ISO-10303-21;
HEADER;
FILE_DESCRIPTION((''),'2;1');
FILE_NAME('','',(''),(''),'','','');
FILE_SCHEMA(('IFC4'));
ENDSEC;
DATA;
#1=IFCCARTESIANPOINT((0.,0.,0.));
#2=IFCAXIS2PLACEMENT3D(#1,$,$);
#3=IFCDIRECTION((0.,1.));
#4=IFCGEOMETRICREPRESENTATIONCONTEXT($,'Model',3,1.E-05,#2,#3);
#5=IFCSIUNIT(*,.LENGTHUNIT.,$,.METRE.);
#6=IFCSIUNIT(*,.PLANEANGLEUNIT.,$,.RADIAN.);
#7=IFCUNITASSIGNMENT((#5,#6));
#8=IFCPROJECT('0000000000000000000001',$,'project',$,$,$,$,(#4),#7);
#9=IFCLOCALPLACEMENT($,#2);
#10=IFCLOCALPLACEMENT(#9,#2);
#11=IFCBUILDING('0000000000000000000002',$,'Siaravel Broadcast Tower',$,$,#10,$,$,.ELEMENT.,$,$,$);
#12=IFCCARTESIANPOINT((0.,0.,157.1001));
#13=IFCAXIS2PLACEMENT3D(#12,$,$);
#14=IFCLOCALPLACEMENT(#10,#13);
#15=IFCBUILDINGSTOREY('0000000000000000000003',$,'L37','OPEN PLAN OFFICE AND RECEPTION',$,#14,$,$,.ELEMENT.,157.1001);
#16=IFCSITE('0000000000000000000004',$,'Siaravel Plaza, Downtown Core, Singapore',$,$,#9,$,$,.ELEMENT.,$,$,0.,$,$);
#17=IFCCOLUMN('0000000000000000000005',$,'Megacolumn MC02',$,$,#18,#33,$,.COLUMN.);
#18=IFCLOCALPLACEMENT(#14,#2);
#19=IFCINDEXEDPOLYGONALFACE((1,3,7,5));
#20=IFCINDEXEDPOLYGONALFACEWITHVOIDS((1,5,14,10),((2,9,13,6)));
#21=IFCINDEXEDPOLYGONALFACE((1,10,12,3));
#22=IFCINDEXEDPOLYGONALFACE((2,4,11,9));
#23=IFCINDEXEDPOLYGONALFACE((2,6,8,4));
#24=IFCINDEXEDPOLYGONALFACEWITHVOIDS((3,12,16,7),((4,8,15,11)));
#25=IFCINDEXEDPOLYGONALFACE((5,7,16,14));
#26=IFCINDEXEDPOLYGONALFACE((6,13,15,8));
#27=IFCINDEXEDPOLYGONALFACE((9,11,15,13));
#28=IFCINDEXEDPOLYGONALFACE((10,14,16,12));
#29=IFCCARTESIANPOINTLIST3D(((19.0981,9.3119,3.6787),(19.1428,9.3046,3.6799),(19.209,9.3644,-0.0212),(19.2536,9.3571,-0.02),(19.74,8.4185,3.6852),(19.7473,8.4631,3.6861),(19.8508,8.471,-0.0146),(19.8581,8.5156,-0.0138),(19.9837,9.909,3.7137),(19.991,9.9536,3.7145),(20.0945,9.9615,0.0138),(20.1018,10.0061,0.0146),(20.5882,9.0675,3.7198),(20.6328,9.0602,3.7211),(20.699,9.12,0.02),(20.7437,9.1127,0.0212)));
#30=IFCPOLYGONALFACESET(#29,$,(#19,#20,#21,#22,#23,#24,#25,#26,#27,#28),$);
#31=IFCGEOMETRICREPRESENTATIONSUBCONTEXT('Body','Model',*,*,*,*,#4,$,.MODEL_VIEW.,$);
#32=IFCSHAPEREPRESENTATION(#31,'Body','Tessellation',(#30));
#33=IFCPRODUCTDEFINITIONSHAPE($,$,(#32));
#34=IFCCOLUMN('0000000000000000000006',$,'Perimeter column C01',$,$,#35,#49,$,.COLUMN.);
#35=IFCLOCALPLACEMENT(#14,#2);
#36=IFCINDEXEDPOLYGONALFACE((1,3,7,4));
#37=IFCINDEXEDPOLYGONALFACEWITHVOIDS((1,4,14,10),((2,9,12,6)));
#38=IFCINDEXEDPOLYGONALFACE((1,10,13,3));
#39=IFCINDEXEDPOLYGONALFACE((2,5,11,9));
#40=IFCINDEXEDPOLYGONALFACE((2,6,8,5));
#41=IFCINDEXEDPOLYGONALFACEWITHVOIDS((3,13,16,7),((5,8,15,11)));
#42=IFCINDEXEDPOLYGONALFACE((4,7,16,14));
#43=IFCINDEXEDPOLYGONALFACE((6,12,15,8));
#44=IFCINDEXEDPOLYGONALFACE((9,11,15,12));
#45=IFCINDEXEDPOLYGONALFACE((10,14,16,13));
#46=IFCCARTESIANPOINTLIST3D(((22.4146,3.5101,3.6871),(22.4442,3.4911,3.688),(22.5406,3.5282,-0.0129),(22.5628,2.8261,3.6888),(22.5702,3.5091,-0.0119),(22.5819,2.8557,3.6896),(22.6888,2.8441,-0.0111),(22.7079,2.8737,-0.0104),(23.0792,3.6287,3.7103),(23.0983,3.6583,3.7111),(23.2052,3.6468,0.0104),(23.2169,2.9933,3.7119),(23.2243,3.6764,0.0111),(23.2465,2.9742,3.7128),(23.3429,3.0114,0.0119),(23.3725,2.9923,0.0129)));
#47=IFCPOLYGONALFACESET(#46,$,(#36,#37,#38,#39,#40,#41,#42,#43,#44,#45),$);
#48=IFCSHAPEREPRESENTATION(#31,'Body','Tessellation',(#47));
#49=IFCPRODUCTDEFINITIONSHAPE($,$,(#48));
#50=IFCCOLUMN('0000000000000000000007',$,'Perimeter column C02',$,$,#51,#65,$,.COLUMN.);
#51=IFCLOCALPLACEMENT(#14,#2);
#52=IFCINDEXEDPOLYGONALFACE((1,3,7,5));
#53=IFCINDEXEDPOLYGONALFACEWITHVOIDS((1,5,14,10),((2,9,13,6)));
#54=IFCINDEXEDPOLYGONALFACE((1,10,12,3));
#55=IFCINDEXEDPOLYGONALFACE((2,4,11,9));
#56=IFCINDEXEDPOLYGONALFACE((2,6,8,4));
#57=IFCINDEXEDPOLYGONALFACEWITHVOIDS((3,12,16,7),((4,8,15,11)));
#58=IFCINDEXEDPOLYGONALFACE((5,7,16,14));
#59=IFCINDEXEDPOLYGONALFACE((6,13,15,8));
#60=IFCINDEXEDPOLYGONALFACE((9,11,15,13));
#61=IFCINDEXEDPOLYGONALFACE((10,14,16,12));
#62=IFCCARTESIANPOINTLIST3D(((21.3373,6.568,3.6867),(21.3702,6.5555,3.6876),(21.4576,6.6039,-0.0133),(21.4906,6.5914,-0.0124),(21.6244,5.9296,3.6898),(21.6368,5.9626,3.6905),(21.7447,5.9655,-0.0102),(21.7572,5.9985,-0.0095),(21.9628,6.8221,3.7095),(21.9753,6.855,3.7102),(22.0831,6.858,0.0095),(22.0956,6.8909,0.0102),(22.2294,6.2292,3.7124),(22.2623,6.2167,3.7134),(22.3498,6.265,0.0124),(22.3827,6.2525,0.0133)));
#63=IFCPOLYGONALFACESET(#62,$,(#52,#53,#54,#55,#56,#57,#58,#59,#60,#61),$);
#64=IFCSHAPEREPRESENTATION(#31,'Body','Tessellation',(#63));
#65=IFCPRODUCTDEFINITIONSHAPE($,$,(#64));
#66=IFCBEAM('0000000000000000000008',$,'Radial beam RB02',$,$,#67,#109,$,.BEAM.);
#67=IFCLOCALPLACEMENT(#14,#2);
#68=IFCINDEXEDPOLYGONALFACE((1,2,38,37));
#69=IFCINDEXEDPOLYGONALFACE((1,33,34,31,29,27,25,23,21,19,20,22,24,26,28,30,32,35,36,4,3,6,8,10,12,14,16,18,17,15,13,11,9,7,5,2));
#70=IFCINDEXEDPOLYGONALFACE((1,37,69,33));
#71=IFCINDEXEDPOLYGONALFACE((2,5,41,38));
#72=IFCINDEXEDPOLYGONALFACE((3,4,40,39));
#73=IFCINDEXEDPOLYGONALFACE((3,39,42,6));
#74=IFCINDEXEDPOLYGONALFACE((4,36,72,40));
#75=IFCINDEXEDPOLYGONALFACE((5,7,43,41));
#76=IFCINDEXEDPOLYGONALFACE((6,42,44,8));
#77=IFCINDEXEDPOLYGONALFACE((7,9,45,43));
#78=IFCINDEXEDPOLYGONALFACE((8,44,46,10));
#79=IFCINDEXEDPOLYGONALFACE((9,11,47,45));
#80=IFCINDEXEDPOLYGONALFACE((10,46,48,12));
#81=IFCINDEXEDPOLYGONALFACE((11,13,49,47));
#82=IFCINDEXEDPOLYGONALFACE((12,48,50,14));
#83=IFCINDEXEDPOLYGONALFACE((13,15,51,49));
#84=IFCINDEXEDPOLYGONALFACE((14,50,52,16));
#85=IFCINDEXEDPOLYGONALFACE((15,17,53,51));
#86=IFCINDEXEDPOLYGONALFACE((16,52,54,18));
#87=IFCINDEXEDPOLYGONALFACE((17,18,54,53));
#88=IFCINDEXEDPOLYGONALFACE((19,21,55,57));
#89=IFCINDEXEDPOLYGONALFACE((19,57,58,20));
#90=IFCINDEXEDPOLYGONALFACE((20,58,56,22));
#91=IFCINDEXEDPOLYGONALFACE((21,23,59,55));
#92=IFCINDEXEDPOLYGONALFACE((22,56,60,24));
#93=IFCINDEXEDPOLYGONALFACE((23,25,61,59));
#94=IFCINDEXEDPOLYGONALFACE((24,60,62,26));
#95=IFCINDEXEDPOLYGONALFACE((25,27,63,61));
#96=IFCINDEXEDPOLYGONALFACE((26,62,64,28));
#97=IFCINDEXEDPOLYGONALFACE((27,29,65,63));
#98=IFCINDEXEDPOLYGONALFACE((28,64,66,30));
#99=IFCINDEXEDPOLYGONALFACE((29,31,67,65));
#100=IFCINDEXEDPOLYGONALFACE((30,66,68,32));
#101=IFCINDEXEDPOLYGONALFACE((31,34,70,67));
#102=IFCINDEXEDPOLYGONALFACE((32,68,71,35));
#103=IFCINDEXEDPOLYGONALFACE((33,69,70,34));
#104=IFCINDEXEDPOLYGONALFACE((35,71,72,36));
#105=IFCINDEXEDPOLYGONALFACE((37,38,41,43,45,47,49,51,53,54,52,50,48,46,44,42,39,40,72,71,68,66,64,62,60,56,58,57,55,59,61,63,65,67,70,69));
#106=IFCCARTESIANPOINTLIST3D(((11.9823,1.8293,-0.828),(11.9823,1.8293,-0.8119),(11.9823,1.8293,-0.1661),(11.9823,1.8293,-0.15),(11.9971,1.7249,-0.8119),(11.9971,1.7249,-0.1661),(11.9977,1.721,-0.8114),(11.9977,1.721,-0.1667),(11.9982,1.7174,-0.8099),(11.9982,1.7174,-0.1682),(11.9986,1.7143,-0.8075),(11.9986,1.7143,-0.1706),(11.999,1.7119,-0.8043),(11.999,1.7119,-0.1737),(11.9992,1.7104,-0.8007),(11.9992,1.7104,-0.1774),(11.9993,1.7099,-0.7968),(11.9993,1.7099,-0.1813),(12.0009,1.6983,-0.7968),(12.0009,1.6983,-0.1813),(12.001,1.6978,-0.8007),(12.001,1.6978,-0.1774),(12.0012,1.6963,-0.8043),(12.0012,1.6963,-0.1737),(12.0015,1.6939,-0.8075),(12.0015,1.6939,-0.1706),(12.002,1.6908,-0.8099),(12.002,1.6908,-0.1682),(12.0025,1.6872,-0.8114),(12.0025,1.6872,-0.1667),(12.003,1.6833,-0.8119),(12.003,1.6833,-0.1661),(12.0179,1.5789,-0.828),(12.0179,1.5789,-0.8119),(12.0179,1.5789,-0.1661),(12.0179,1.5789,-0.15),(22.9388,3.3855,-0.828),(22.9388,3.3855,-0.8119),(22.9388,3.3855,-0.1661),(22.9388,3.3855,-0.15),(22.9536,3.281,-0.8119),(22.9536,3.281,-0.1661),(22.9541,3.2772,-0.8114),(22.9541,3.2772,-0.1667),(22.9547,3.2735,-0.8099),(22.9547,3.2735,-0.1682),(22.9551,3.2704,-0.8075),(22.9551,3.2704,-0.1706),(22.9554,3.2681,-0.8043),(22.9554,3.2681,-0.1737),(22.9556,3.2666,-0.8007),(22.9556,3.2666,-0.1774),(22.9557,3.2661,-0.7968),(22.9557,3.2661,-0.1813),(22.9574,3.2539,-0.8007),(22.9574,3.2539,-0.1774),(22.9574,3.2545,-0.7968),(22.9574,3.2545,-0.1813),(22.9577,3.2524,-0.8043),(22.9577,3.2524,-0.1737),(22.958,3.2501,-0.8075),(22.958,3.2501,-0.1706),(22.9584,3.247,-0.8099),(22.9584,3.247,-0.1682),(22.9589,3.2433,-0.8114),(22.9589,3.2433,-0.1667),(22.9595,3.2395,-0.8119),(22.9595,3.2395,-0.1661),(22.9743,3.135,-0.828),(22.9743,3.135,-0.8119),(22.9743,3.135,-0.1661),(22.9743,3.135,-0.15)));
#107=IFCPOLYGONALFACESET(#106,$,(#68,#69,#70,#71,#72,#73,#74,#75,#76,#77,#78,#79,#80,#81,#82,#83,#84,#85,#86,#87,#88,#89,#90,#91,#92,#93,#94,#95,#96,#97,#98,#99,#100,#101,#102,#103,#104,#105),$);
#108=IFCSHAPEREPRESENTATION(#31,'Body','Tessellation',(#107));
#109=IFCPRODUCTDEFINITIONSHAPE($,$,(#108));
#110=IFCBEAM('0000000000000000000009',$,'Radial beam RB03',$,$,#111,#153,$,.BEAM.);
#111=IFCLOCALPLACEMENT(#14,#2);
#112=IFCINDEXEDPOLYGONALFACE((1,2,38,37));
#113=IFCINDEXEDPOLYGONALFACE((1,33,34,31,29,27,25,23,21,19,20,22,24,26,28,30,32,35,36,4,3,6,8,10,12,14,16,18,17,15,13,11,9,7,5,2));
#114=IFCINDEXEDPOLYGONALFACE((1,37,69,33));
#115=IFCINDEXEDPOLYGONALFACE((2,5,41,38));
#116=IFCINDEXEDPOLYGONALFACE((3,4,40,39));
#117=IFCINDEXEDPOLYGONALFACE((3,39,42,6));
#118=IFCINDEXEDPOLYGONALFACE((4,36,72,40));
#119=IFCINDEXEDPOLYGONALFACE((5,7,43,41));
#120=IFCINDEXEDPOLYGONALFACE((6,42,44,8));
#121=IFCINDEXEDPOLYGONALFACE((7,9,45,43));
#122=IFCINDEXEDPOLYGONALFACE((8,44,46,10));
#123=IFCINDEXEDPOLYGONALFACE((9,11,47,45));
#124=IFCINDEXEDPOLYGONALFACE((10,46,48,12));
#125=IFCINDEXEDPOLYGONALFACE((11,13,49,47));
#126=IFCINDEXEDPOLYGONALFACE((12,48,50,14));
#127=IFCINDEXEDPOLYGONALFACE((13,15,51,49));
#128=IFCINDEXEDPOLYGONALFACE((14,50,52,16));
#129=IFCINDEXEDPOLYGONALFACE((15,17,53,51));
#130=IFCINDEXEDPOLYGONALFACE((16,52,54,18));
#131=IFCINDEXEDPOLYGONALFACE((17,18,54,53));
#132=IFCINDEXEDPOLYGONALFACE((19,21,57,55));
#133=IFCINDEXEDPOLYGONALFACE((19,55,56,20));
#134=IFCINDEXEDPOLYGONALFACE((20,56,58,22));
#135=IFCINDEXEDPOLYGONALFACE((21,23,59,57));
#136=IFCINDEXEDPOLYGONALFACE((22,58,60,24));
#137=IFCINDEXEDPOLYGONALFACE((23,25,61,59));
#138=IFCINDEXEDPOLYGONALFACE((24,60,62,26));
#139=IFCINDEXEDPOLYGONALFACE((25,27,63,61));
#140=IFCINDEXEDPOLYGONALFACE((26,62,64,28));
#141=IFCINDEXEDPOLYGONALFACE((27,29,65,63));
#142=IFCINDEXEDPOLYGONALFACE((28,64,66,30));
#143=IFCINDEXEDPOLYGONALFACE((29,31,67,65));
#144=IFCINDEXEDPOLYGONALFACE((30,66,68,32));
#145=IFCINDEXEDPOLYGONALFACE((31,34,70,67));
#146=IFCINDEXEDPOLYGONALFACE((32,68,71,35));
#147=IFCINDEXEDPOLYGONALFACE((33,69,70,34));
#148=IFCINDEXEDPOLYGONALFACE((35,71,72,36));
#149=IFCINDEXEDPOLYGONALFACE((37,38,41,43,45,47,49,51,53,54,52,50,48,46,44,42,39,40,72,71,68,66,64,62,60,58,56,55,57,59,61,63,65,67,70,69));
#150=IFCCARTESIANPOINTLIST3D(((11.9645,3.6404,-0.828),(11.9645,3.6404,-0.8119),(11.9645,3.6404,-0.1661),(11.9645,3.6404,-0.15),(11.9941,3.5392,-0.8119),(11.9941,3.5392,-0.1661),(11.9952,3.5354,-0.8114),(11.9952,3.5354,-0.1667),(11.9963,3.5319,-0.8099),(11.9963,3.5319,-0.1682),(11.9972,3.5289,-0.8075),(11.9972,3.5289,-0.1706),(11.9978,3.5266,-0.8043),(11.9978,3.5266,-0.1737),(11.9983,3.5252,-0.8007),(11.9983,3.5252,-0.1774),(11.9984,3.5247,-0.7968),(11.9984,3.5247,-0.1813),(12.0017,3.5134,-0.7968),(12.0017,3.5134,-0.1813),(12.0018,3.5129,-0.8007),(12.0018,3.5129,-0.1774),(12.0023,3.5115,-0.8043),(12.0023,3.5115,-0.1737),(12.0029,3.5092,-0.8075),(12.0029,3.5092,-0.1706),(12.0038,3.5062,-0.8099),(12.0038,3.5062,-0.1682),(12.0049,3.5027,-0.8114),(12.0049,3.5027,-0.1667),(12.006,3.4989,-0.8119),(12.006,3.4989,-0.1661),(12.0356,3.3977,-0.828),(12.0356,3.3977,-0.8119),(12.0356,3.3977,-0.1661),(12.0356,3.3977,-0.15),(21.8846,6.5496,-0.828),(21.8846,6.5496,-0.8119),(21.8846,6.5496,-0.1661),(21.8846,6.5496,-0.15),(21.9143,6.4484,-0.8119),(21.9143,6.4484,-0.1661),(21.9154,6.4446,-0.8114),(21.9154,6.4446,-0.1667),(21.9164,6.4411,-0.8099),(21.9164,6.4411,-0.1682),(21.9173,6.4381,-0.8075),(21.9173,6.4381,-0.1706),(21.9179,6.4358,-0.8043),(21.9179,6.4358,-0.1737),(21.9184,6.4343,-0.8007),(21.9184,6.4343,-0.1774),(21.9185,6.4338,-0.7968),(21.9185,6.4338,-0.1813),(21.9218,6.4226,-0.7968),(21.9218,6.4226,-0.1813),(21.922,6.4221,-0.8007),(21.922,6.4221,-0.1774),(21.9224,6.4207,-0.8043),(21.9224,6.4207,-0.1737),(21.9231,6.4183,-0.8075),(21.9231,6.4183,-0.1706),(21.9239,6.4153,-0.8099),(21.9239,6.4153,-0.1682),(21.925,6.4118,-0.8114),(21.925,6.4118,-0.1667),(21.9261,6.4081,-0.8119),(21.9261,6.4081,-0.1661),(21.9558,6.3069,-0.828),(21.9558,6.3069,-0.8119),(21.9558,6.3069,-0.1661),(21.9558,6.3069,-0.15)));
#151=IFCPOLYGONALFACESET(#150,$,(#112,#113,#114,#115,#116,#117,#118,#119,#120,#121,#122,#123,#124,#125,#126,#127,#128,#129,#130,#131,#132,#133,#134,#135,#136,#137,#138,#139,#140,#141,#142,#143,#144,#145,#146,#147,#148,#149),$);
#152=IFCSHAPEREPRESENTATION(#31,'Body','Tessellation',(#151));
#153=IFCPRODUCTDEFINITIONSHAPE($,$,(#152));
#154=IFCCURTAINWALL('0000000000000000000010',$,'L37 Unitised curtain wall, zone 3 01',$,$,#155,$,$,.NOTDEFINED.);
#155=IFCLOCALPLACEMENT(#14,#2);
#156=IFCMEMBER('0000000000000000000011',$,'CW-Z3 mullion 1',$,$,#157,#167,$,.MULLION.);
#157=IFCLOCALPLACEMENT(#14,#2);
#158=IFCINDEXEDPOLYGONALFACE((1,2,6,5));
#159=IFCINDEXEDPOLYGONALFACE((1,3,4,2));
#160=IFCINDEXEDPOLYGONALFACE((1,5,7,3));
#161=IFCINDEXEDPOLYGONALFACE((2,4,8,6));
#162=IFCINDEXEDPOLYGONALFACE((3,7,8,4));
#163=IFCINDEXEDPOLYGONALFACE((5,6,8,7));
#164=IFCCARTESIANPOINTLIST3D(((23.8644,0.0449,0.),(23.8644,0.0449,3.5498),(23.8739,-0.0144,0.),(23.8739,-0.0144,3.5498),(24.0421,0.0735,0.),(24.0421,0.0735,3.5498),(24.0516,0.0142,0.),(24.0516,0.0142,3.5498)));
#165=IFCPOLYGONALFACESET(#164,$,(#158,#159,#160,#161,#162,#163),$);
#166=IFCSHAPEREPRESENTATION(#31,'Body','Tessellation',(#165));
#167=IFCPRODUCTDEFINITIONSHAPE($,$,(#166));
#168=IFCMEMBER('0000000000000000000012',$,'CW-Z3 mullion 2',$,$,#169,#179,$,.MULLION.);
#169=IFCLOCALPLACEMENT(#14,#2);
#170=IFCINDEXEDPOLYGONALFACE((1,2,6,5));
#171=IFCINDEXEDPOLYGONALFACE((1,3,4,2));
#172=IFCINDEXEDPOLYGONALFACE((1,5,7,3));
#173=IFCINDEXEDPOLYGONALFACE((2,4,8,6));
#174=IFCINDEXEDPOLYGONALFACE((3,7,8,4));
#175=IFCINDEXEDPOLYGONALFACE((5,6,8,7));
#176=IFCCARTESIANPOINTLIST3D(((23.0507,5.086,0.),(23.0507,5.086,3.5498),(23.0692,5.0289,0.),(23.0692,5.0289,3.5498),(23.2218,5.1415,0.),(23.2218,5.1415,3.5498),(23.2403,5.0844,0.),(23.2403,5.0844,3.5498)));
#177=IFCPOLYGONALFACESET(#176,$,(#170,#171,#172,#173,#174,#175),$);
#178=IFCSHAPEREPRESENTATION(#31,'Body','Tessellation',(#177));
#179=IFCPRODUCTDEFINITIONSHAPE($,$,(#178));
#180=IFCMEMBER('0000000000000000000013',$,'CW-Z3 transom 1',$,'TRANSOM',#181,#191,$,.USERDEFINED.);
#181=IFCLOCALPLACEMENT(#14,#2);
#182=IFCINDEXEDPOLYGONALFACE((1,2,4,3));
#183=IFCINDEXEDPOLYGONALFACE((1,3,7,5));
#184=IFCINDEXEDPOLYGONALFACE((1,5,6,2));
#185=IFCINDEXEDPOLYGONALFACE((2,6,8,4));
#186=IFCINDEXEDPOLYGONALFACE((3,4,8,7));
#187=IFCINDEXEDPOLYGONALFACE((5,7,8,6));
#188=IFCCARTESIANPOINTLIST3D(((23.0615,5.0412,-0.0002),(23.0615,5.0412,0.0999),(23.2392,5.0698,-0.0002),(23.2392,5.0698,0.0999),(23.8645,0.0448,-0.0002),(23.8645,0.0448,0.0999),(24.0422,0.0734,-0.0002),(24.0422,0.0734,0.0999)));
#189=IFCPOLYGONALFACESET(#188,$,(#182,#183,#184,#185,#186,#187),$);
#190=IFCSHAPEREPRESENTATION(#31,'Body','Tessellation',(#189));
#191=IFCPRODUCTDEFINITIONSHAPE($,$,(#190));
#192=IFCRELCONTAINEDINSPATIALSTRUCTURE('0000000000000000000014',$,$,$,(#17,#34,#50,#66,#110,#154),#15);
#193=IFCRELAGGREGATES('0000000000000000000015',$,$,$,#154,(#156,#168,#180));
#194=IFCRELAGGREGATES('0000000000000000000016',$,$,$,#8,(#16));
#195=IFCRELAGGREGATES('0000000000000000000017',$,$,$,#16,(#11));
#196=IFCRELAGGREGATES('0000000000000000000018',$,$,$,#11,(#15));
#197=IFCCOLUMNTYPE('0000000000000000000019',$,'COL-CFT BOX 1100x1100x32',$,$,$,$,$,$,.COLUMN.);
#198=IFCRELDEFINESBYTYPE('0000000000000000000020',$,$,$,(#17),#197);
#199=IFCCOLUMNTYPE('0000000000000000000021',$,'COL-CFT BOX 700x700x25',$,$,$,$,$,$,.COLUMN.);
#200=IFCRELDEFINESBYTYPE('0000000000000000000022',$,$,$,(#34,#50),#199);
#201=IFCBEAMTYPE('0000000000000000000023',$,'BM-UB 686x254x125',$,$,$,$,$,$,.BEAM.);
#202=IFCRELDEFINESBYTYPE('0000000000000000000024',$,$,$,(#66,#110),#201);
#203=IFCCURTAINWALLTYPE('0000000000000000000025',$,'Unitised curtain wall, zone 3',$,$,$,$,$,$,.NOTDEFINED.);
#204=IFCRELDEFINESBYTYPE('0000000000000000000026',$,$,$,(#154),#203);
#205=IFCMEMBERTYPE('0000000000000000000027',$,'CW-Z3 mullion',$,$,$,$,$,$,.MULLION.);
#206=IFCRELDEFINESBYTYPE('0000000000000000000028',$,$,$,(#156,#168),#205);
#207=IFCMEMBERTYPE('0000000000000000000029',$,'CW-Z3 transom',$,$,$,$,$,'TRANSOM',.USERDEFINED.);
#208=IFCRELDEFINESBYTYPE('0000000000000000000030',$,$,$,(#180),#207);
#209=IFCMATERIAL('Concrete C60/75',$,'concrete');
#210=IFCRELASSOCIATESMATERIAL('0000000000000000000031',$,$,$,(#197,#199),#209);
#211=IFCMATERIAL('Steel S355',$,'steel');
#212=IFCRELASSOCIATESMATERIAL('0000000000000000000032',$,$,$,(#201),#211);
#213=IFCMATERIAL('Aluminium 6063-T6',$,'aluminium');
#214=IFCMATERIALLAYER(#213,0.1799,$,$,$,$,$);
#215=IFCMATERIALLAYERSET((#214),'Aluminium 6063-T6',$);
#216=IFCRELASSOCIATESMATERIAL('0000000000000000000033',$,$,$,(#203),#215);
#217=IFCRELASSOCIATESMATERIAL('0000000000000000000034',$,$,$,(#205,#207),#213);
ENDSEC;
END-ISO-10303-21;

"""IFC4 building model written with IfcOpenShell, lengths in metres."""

from ifc_helpers import new_model, si_unit, direction, frame, origin, origin_2d, place, context, subcontext, project, spatial, rectangle, hollow_rectangle, i_section, extrude, material, layer, layer_set, material_profile, profile_set, type_object, element, aggregate, save


model = new_model("IFC4")

# Units and contexts
model_context = context("Model", 3, precision=1e-05, world=origin(), true_north=direction((0.0, 1.0)))
body_context = subcontext(model_context, "Body", "Model", "MODEL_VIEW")
ifc_project = project(units=[si_unit("LENGTHUNIT", "METRE"), si_unit("PLANEANGLEUNIT", "RADIAN")], contexts=[model_context])

# Site, building, storey
site_placement = place(None, origin())
site = spatial("IfcSite", under=ifc_project, at=site_placement, Name="Siaravel Plaza, Downtown Core, Singapore", CompositionType="ELEMENT", RefElevation=0.0)
building_placement = place(site_placement, origin())
building = spatial("IfcBuilding", under=site, at=building_placement, Name="Siaravel Broadcast Tower", CompositionType="ELEMENT")
storey_placement = place(building_placement, frame((0.0, 0.0, 157.1001)))
storey = spatial("IfcBuildingStorey", under=building, at=storey_placement, Name="L37", Description="OPEN PLAN OFFICE AND RECEPTION", CompositionType="ELEMENT", Elevation=157.1001)

# Columns
ifc_material_1 = material(Name="Concrete C60/75", Category="concrete")
ifc_material_profile_1 = material_profile(ifc_material_1, hollow_rectangle(XDim=1.1001, YDim=1.1001, WallThickness=0.032, at=origin_2d()))
ifc_profile_set_1 = profile_set([ifc_material_profile_1], Name="Concrete C60/75")
column_type_1 = type_object("IfcColumnType", Name="COL-CFT BOX 1100x1100x32", PredefinedType="COLUMN", material=ifc_profile_set_1)
column_placement = place(storey_placement, frame((19.9763, 9.2385, 0.0), z_axis=(-0.029941, -0.014179, 0.999451), x_axis=(0.583448, -0.812128, 0.005957)))
element("IfcColumn", 1, at=column_placement, inside=storey, type_object=column_type_1, Name="Megacolumn MC02", PredefinedType="COLUMN", context=body_context, shape_type="SweptSolid", body=[
    extrude(hollow_rectangle(XDim=1.1001, YDim=1.1001, WallThickness=0.032, at=origin_2d()), origin(), (0.0, 0.0, 1.0), 3.7019),
])
ifc_material_profile_2 = material_profile(ifc_material_1, hollow_rectangle(XDim=0.7, YDim=0.7, WallThickness=0.0249, at=origin_2d()))
ifc_profile_set_2 = profile_set([ifc_material_profile_2], Name="Concrete C60/75")
column_type_2 = type_object("IfcColumnType", Name="COL-CFT BOX 700x700x25", PredefinedType="COLUMN", material=ifc_profile_set_2)
for number, where, z_axis, x_axis, name in (
    (2, (22.9565, 3.2603, 0.0), (-0.034028, -0.00488, 0.999409), (0.21173, -0.977325, 0.002437), "Perimeter column C01"),
    (3, (21.9202, 6.4282, 0.0), (-0.032512, -0.009694, 0.999424), (0.410124, -0.912019, 0.004495), "Perimeter column C02"),
):
    element("IfcColumn", number, at=place(storey_placement, frame(where, z_axis=z_axis, x_axis=x_axis)), inside=storey, type_object=column_type_2, Name=name, PredefinedType="COLUMN", context=body_context, shape_type="SweptSolid", body=[
        extrude(hollow_rectangle(XDim=0.7, YDim=0.7, WallThickness=0.0249, at=origin_2d()), origin(), (0.0, 0.0, 1.0), 3.7021),
    ])

# Beams
ifc_material_2 = material(Name="Steel S355", Category="steel")
ifc_material_profile_3 = material_profile(ifc_material_2, i_section(OverallWidth=0.2529, OverallDepth=0.678, WebThickness=0.0117, FlangeThickness=0.0161, FilletRadius=0.0151, at=origin_2d()))
ifc_profile_set_3 = profile_set([ifc_material_profile_3], Name="Steel S355")
beam_type = type_object("IfcBeamType", Name="BM-UB 686x254x125", PredefinedType="BEAM", material=ifc_profile_set_3)
beam_1_placement = place(storey_placement, frame((22.9565, 3.2603, -0.489), z_axis=(-0.990064, -0.140618, 0.0), x_axis=(0.140618, -0.990064, 0.0)))
element("IfcBeam", 4, at=beam_1_placement, inside=storey, type_object=beam_type, Name="Radial beam RB02", PredefinedType="BEAM", context=body_context, shape_type="SweptSolid", body=[
    extrude(i_section(OverallWidth=0.2529, OverallDepth=0.678, WebThickness=0.0117, FlangeThickness=0.0161, FilletRadius=0.0151, at=origin_2d()), origin(), (0.0, 0.0, 1.0), 11.0664),
])
beam_2_placement = place(storey_placement, frame((21.9202, 6.4282, -0.489), z_axis=(-0.959588, -0.281408, 0.0), x_axis=(0.281408, -0.959588, 0.0)))
element("IfcBeam", 5, at=beam_2_placement, inside=storey, type_object=beam_type, Name="Radial beam RB03", PredefinedType="BEAM", context=body_context, shape_type="SweptSolid", body=[
    extrude(i_section(OverallWidth=0.2529, OverallDepth=0.678, WebThickness=0.0117, FlangeThickness=0.0161, FilletRadius=0.0151, at=origin_2d()), origin(), (0.0, 0.0, 1.0), 10.3379),
])

# Curtain wall, members
ifc_material_3 = material(Name="Aluminium 6063-T6", Category="aluminium")
ifc_layer_1 = layer(ifc_material_3, 0.1799)
ifc_layer_set_1 = layer_set([ifc_layer_1], Name="Aluminium 6063-T6")
curtain_wall_type = type_object("IfcCurtainWallType", Name="Unitised curtain wall, zone 3", PredefinedType="NOTDEFINED", material=ifc_layer_set_1)
curtain_wall_placement = place(storey_placement, origin())
curtain_wall = element("IfcCurtainWall", 6, at=curtain_wall_placement, inside=storey, type_object=curtain_wall_type, Name="L37 Unitised curtain wall, zone 3 01", PredefinedType="NOTDEFINED")
ifc_material_profile_4 = material_profile(ifc_material_3, rectangle(XDim=0.1799, YDim=0.0601, at=origin_2d()))
ifc_profile_set_4 = profile_set([ifc_material_profile_4], Name="Aluminium 6063-T6")
member_type_1 = type_object("IfcMemberType", Name="CW-Z3 mullion", PredefinedType="MULLION", material=ifc_profile_set_4)
member_1_placement = place(storey_placement, frame((23.958, 0.0295, 0.0), z_axis=(0.0, 0.0, 1.0), x_axis=(-0.987329, -0.158685, 0.0)))
member_1 = element("IfcMember", 7, at=member_1_placement, type_object=member_type_1, Name="CW-Z3 mullion 1", PredefinedType="MULLION", context=body_context, shape_type="SweptSolid", body=[
    extrude(rectangle(XDim=0.1799, YDim=0.0601, at=origin_2d()), origin(), (0.0, 0.0, 1.0), 3.5498),
])
member_2_placement = place(storey_placement, frame((23.1455, 5.0852, 0.0), z_axis=(0.0, 0.0, 1.0), x_axis=(-0.951177, -0.308645, 0.0)))
member_2 = element("IfcMember", 8, at=member_2_placement, type_object=member_type_1, Name="CW-Z3 mullion 2", PredefinedType="MULLION", context=body_context, shape_type="SweptSolid", body=[
    extrude(rectangle(XDim=0.1799, YDim=0.0601, at=origin_2d()), origin(), (0.0, 0.0, 1.0), 3.5498),
])
ifc_material_profile_5 = material_profile(ifc_material_3, rectangle(XDim=0.1799, YDim=0.1001, at=origin_2d()))
ifc_profile_set_5 = profile_set([ifc_material_profile_5], Name="Aluminium 6063-T6")
member_type_2 = type_object("IfcMemberType", Name="CW-Z3 transom", ElementType="TRANSOM", PredefinedType="USERDEFINED", material=ifc_profile_set_5)
member_3_placement = place(storey_placement, frame((23.9534, 0.0591, 0.0498), z_axis=(-0.158677, 0.987331, 0.0), x_axis=(-0.987331, -0.158677, 0.0)))
member_3 = element("IfcMember", 9, at=member_3_placement, type_object=member_type_2, Name="CW-Z3 transom 1", ObjectType="TRANSOM", PredefinedType="USERDEFINED", context=body_context, shape_type="SweptSolid", body=[
    extrude(rectangle(XDim=0.1799, YDim=0.1001, at=origin_2d()), origin(), (0.0, 0.0, 1.0), 5.0605),
])

aggregate(curtain_wall, [member_1, member_2, member_3])

save(model, "model.ifc")
